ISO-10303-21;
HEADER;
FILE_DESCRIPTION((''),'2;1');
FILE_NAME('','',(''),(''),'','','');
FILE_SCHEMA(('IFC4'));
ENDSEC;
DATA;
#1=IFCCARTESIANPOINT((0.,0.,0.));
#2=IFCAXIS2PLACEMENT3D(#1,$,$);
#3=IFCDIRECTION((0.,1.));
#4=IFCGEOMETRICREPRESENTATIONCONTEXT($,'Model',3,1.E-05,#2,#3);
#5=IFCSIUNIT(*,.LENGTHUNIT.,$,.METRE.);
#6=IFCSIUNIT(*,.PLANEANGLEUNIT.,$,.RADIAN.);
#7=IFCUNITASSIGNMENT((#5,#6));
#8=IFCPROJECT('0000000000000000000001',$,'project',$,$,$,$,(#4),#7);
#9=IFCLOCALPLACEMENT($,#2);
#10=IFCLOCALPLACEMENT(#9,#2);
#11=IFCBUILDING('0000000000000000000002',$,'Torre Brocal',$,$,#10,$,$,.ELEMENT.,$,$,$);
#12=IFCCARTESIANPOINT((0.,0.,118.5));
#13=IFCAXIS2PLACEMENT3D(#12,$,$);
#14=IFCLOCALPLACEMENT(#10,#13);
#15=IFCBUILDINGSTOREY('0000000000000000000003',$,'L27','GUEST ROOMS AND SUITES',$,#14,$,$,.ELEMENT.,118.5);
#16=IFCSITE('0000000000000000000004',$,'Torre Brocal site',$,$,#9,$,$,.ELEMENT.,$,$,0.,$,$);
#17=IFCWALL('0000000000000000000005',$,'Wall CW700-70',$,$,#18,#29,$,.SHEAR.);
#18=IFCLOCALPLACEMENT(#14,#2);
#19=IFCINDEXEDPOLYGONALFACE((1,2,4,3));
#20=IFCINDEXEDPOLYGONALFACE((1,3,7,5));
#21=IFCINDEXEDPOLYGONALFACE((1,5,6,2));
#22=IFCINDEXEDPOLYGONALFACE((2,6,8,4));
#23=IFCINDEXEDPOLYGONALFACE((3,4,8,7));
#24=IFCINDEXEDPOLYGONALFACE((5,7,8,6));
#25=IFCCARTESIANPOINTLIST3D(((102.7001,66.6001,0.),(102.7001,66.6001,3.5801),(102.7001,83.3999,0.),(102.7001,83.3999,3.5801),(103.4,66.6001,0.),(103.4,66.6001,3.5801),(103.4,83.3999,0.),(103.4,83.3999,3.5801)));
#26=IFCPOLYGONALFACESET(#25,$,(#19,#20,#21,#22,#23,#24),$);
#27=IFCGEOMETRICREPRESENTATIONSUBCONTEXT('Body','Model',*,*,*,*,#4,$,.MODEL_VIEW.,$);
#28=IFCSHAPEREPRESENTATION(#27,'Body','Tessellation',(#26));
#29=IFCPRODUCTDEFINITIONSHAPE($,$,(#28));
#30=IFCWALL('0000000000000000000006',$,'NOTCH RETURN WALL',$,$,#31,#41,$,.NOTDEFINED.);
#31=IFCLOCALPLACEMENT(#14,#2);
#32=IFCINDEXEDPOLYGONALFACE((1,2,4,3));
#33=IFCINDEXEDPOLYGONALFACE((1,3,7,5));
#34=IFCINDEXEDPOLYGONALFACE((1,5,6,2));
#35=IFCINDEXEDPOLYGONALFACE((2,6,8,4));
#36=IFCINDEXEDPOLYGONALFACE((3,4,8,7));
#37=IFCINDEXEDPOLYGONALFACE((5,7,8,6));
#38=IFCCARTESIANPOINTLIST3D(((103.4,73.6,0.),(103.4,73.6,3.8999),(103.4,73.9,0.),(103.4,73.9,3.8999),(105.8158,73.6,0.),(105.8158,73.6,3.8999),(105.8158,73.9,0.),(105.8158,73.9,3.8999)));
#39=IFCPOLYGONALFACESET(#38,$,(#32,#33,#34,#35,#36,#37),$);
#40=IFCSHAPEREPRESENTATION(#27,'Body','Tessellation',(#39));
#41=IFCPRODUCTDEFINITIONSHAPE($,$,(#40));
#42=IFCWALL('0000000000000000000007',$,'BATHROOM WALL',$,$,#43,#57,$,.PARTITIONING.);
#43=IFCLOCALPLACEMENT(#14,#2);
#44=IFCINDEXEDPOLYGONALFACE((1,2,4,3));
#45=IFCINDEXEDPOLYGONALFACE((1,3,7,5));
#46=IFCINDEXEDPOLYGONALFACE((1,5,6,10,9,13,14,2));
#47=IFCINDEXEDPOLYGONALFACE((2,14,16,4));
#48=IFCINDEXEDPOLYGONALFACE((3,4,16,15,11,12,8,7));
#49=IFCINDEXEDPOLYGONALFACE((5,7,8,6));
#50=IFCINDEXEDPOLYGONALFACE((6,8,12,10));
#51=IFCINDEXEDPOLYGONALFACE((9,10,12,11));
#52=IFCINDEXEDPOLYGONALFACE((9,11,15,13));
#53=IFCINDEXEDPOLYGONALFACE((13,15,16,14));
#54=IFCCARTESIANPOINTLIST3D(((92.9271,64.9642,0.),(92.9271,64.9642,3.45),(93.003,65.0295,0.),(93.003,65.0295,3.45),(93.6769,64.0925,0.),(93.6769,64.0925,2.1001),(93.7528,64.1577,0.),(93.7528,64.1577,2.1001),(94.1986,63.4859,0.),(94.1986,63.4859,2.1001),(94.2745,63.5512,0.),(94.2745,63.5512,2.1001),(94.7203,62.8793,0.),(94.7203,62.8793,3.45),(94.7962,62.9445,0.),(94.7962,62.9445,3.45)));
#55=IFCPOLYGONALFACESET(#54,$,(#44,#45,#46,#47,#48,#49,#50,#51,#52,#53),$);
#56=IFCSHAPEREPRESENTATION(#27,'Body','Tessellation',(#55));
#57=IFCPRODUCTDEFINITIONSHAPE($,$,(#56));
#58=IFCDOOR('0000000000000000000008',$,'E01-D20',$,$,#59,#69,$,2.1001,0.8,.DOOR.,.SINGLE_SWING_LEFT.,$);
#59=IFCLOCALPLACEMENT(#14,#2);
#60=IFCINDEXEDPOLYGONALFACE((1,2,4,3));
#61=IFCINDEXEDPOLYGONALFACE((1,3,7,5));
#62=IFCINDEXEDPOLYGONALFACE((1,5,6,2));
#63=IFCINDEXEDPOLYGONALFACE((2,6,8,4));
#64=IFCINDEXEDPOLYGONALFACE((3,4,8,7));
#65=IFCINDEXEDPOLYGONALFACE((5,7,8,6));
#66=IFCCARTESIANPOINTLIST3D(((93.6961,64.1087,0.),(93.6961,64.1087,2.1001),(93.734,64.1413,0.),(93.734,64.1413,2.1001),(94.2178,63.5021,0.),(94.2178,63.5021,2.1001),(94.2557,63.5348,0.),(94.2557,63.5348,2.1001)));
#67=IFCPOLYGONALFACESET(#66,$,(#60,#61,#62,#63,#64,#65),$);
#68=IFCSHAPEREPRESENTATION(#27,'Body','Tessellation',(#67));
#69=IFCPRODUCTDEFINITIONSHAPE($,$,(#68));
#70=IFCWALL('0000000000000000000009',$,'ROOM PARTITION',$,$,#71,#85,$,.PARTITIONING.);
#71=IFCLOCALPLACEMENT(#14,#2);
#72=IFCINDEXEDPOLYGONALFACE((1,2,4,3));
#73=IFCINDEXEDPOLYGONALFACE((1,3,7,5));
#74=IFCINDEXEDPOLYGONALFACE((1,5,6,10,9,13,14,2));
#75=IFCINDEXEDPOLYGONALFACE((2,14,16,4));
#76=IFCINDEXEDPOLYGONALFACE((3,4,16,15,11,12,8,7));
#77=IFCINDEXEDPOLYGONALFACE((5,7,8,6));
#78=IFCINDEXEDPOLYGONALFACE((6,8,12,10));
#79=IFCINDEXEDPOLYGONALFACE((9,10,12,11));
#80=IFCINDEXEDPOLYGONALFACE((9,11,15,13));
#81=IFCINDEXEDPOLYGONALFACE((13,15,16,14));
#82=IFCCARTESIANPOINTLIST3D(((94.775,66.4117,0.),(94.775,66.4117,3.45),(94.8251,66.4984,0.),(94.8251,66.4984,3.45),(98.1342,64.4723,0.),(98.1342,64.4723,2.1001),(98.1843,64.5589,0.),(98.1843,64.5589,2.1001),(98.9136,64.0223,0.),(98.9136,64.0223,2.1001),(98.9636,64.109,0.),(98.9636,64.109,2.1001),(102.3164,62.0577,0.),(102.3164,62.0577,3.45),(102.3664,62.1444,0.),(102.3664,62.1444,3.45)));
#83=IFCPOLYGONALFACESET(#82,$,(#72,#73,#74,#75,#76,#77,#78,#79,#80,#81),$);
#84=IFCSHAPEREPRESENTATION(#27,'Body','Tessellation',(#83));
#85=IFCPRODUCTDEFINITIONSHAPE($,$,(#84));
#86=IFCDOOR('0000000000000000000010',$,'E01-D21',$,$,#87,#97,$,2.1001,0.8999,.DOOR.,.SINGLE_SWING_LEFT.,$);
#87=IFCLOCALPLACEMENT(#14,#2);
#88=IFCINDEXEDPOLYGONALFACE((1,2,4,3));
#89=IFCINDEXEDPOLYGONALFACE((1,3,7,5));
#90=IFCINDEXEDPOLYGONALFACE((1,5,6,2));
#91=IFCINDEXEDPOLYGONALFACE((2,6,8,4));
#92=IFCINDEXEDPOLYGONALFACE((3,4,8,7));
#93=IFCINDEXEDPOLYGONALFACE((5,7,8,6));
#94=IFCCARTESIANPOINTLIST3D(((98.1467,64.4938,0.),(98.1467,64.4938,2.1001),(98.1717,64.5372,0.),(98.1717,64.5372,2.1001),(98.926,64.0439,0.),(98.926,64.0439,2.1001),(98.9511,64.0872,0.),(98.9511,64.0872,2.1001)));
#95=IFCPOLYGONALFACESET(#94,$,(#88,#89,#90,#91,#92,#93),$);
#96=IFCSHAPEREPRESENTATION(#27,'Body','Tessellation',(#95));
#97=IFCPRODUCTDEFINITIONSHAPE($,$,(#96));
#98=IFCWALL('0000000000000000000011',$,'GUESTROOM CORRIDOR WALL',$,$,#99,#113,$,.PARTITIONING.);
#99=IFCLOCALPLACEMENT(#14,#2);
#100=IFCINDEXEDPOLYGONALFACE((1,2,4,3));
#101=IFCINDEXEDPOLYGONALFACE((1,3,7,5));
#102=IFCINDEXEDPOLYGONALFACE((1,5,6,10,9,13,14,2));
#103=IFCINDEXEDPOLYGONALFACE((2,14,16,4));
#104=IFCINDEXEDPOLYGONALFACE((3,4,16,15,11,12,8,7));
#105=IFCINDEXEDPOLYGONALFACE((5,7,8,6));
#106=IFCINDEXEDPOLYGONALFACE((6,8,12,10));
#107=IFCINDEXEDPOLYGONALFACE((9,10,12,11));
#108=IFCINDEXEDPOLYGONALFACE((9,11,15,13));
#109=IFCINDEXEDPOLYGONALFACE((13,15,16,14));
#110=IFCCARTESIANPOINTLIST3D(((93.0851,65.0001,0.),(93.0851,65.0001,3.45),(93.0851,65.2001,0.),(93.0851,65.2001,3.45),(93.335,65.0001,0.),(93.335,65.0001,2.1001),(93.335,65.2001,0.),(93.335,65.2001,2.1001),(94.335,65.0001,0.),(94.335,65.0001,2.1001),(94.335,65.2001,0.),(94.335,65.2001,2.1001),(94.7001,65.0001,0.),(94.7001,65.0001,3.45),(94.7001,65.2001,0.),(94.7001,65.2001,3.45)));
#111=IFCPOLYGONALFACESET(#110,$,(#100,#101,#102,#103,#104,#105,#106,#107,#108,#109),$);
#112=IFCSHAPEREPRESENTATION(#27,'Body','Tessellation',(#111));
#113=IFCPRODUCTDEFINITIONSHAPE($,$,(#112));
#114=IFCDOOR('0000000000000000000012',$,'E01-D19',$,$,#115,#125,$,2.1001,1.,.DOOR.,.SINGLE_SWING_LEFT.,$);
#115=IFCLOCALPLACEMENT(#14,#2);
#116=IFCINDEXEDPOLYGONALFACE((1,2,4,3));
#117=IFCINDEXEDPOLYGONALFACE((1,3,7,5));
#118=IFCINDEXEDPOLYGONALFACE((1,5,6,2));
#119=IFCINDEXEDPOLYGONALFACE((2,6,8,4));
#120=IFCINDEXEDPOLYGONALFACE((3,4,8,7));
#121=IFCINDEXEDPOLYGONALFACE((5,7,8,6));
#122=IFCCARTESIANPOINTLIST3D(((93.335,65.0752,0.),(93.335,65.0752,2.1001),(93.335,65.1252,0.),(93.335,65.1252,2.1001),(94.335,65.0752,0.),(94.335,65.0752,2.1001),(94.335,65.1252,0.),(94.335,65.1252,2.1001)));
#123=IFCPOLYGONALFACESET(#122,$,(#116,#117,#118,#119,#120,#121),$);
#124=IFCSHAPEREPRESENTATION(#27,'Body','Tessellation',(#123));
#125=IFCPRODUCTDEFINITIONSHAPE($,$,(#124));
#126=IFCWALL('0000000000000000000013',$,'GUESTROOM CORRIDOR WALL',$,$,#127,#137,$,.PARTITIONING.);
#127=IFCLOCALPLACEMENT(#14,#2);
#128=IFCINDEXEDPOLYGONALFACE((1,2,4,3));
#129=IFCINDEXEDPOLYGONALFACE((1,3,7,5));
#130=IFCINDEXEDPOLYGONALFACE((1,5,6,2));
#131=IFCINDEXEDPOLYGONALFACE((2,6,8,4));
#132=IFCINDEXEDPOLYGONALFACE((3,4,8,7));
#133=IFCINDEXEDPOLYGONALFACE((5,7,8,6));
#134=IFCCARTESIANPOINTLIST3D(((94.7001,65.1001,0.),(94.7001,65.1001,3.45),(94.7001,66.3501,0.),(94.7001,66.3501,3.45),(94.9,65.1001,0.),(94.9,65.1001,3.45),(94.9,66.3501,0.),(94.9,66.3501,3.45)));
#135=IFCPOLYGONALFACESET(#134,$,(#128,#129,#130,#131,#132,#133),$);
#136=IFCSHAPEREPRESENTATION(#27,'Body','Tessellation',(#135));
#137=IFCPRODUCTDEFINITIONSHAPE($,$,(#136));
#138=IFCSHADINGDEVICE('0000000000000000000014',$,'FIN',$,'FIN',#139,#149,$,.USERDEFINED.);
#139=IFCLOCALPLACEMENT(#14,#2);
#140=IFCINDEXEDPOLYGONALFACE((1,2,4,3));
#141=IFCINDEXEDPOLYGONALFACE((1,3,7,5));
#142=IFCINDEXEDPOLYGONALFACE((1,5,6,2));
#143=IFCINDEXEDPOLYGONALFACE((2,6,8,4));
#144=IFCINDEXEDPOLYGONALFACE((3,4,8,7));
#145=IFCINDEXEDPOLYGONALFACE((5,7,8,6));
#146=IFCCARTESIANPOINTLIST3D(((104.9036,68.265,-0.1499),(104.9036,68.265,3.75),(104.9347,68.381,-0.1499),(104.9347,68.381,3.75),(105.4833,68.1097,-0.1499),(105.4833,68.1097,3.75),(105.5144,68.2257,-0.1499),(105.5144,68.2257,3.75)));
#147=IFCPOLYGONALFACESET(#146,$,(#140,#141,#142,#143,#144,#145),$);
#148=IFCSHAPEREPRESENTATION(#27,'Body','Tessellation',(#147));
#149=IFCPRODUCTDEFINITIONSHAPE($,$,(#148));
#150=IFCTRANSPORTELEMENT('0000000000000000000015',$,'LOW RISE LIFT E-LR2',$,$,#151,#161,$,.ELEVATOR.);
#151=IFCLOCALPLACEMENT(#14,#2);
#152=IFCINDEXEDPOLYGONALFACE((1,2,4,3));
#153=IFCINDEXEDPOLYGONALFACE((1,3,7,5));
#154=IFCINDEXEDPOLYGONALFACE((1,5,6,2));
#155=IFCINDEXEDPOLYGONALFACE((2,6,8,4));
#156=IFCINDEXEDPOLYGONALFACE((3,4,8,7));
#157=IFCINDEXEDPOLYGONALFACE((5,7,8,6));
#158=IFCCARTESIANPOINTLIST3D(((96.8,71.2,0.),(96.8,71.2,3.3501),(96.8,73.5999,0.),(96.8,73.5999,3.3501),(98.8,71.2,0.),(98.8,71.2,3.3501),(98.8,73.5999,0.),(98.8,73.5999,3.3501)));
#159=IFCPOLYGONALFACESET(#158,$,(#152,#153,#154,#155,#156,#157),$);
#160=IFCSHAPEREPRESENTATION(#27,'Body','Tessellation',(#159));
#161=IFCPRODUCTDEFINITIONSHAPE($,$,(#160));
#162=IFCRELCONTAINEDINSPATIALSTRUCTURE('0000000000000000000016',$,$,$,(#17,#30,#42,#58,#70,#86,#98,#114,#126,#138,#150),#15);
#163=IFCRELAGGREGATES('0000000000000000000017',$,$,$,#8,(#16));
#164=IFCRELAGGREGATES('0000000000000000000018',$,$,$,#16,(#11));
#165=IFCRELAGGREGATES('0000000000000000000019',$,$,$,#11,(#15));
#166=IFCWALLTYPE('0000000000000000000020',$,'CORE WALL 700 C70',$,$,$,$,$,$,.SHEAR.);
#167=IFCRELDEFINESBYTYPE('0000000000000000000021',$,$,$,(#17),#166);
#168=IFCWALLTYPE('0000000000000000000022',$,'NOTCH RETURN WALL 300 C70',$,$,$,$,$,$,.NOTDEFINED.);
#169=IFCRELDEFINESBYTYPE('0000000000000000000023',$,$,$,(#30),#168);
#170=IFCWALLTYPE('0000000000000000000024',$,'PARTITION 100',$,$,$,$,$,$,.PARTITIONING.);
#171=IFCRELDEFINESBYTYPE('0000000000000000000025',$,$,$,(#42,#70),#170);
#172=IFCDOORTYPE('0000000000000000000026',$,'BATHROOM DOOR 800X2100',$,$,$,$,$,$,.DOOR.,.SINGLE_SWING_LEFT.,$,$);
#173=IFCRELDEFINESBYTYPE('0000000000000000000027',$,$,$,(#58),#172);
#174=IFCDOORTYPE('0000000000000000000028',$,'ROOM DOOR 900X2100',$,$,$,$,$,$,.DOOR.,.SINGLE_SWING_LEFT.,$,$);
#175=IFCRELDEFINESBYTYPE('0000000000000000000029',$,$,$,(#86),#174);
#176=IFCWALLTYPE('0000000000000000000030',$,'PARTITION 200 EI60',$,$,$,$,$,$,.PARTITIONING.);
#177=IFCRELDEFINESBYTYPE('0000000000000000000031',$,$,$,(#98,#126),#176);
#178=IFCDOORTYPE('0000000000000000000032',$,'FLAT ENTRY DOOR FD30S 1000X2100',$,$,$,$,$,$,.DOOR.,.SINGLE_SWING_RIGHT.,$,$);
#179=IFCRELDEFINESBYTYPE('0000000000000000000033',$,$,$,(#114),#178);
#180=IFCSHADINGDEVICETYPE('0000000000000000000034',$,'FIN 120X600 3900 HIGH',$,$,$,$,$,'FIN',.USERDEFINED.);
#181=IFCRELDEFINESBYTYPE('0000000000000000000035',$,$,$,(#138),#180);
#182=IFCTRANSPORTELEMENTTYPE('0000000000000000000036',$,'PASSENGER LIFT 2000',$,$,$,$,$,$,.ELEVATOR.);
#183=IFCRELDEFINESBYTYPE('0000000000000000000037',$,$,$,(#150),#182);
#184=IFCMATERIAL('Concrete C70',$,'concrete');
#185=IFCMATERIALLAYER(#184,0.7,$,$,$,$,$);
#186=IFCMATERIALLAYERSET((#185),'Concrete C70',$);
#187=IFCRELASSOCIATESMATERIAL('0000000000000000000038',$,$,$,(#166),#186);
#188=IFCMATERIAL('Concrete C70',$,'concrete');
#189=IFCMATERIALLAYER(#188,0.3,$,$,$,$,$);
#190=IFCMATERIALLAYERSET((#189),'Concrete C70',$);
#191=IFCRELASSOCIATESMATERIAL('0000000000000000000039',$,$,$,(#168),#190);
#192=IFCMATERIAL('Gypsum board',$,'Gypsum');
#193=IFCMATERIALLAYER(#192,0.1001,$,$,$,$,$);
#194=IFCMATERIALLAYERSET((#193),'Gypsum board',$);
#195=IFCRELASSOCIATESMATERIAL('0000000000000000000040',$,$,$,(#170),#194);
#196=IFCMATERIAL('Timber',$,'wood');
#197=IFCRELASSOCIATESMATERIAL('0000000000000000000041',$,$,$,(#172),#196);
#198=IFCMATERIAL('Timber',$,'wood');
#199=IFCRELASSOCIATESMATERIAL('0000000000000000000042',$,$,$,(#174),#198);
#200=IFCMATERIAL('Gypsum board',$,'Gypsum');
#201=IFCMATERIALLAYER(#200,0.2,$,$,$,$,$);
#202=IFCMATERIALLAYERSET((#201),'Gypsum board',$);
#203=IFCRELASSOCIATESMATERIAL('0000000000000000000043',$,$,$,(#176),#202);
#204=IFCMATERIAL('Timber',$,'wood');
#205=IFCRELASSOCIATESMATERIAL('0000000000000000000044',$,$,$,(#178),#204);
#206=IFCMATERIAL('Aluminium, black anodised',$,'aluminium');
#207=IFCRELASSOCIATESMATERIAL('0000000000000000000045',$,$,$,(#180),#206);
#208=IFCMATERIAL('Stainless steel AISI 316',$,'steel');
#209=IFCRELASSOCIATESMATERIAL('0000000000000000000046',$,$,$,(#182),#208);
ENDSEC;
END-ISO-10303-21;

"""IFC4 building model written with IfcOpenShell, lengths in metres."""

from ifc_helpers import new_model, si_unit, direction, frame, frame_2d, origin, origin_2d, place, context, subcontext, project, spatial, rectangle, extrude, material, layer, layer_set, material_profile, profile_set, type_object, element, fill, save


model = new_model("IFC4")

# Units and contexts
model_context = context("Model", 3, precision=1e-05, world=origin(), true_north=direction((0.0, 1.0)))
body_context = subcontext(model_context, "Body", "Model", "MODEL_VIEW")
ifc_project = project(units=[si_unit("LENGTHUNIT", "METRE"), si_unit("PLANEANGLEUNIT", "RADIAN")], contexts=[model_context])

# Site, building, storey
site_placement = place(None, origin())
site = spatial("IfcSite", under=ifc_project, at=site_placement, Name="Torre Brocal site", CompositionType="ELEMENT", RefElevation=0.0)
building_placement = place(site_placement, origin())
building = spatial("IfcBuilding", under=site, at=building_placement, Name="Torre Brocal", CompositionType="ELEMENT")
storey_placement = place(building_placement, frame((0.0, 0.0, 118.5)))
storey = spatial("IfcBuildingStorey", under=building, at=storey_placement, Name="L27", Description="GUEST ROOMS AND SUITES", CompositionType="ELEMENT", Elevation=118.5)

# Walls
ifc_material_1 = material(Name="Concrete C70", Category="concrete")
ifc_layer_1 = layer(ifc_material_1, 0.7)
ifc_layer_set_1 = layer_set([ifc_layer_1], Name="Concrete C70")
wall_type_1 = type_object("IfcWallType", Name="CORE WALL 700 C70", PredefinedType="SHEAR", material=ifc_layer_set_1)
wall_1_placement = place(storey_placement, frame((103.05, 66.6001, 0.0), z_axis=(0.0, 0.0, 1.0), x_axis=(0.0, 1.0, 0.0)))
element("IfcWall", 1, at=wall_1_placement, inside=storey, type_object=wall_type_1, Name="Wall CW700-70", PredefinedType="SHEAR", context=body_context, shape_type="SweptSolid", body=[
    extrude(rectangle(XDim=16.7998, YDim=0.7, at=frame_2d((8.3999, 0.0))), origin(), (0.0, 0.0, 1.0), 3.5801),
])
ifc_material_2 = material(Name="Concrete C70", Category="concrete")
ifc_layer_2 = layer(ifc_material_2, 0.3)
ifc_layer_set_2 = layer_set([ifc_layer_2], Name="Concrete C70")
wall_type_2 = type_object("IfcWallType", Name="NOTCH RETURN WALL 300 C70", PredefinedType="NOTDEFINED", material=ifc_layer_set_2)
wall_2_placement = place(storey_placement, frame((103.3999, 73.75, 0.0), z_axis=(0.0, 0.0, 1.0), x_axis=(1.0, 0.0, 0.0)))
element("IfcWall", 2, at=wall_2_placement, inside=storey, type_object=wall_type_2, Name="NOTCH RETURN WALL", PredefinedType="NOTDEFINED", context=body_context, shape_type="SweptSolid", body=[
    extrude(rectangle(XDim=2.4158, YDim=0.3, at=frame_2d((1.208, 0.0))), origin(), (0.0, 0.0, 1.0), 3.8999),
])

# Walls, openings, doors
ifc_material_3 = material(Name="Gypsum board", Category="Gypsum")
ifc_layer_3 = layer(ifc_material_3, 0.1001)
ifc_layer_set_3 = layer_set([ifc_layer_3], Name="Gypsum board")
wall_type_3 = type_object("IfcWallType", Name="PARTITION 100", PredefinedType="PARTITIONING", material=ifc_layer_set_3)
wall_3_placement = place(storey_placement, frame((92.9651, 64.9968, 0.0), z_axis=(0.0, 0.0, 1.0), x_axis=(0.65207, -0.758159, 0.0)))
wall_3 = element("IfcWall", 3, at=wall_3_placement, inside=storey, type_object=wall_type_3, Name="BATHROOM WALL", PredefinedType="PARTITIONING", context=body_context, shape_type="SweptSolid", body=[
    extrude(rectangle(XDim=2.75, YDim=0.1001, at=frame_2d((1.375, 0.0))), origin(), (0.0, 0.0, 1.0), 3.45),
])
opening_1_placement = place(wall_3_placement, frame((1.1499, 0.0, 0.0)))
opening_1 = element("IfcOpeningElement", 4, at=opening_1_placement, cuts=wall_3, PredefinedType="OPENING", context=body_context, shape_type="SweptSolid", body=[
    extrude(rectangle(XDim=0.8, YDim=2.1001, at=frame_2d((0.3999, 1.05))), frame((0.0, 0.0601, 0.0), z_axis=(0.0, -1.0, 0.0), x_axis=(1.0, 0.0, 0.0)), (0.0, 0.0, 1.0), 0.1201),
])
ifc_material_4 = material(Name="Timber", Category="wood")
door_type_1 = type_object("IfcDoorType", Name="BATHROOM DOOR 800X2100", OperationType="SINGLE_SWING_LEFT", PredefinedType="DOOR", material=ifc_material_4)
door_1_placement = place(opening_1_placement, frame((0.8, 0.0, 0.0), z_axis=(0.0, 0.0, 1.0), x_axis=(-1.0, 0.0, 0.0)))
door_1 = element("IfcDoor", 5, at=door_1_placement, inside=storey, type_object=door_type_1, Name="E01-D20", OperationType="SINGLE_SWING_LEFT", OverallHeight=2.1001, OverallWidth=0.8, PredefinedType="DOOR", context=body_context, shape_type="SweptSolid", body=[
    extrude(rectangle(XDim=0.8, YDim=2.1001, at=frame_2d((0.3999, 1.05))), frame((0.0, 0.0249, 0.0), z_axis=(0.0, -1.0, 0.0), x_axis=(1.0, 0.0, 0.0)), (0.0, 0.0, 1.0), 0.05),
])
fill(opening_1, door_1)
wall_4_placement = place(storey_placement, frame((94.8, 66.4551, 0.0), z_axis=(0.0, 0.0, 1.0), x_axis=(0.866023, -0.500005, 0.0)))
wall_4 = element("IfcWall", 6, at=wall_4_placement, inside=storey, type_object=wall_type_3, Name="ROOM PARTITION", PredefinedType="PARTITIONING", context=body_context, shape_type="SweptSolid", body=[
    extrude(rectangle(XDim=8.708, YDim=0.1001, at=frame_2d((4.354, 0.0))), origin(), (0.0, 0.0, 1.0), 3.45),
])
opening_2_placement = place(wall_4_placement, frame((3.8789, 0.0, 0.0)))
opening_2 = element("IfcOpeningElement", 7, at=opening_2_placement, cuts=wall_4, PredefinedType="OPENING", context=body_context, shape_type="SweptSolid", body=[
    extrude(rectangle(XDim=0.8999, YDim=2.1001, at=frame_2d((0.45, 1.05))), frame((0.0, 0.0601, 0.0), z_axis=(0.0, -1.0, 0.0), x_axis=(1.0, 0.0, 0.0)), (0.0, 0.0, 1.0), 0.1201),
])
ifc_material_5 = material(Name="Timber", Category="wood")
door_type_2 = type_object("IfcDoorType", Name="ROOM DOOR 900X2100", OperationType="SINGLE_SWING_LEFT", PredefinedType="DOOR", material=ifc_material_5)
door_2_placement = place(opening_2_placement, origin())
door_2 = element("IfcDoor", 8, at=door_2_placement, inside=storey, type_object=door_type_2, Name="E01-D21", OperationType="SINGLE_SWING_LEFT", OverallHeight=2.1001, OverallWidth=0.8999, PredefinedType="DOOR", context=body_context, shape_type="SweptSolid", body=[
    extrude(rectangle(XDim=0.8999, YDim=2.1001, at=frame_2d((0.45, 1.05))), frame((0.0, 0.0249, 0.0), z_axis=(0.0, -1.0, 0.0), x_axis=(1.0, 0.0, 0.0)), (0.0, 0.0, 1.0), 0.05),
])
fill(opening_2, door_2)
ifc_material_6 = material(Name="Gypsum board", Category="Gypsum")
ifc_layer_4 = layer(ifc_material_6, 0.2)
ifc_layer_set_4 = layer_set([ifc_layer_4], Name="Gypsum board")
wall_type_4 = type_object("IfcWallType", Name="PARTITION 200 EI60", PredefinedType="PARTITIONING", material=ifc_layer_set_4)
wall_5_placement = place(storey_placement, frame((93.085, 65.1001, 0.0), z_axis=(0.0, 0.0, 1.0), x_axis=(1.0, 0.0, 0.0)))
wall_5 = element("IfcWall", 9, at=wall_5_placement, inside=storey, type_object=wall_type_4, Name="GUESTROOM CORRIDOR WALL", PredefinedType="PARTITIONING", context=body_context, shape_type="SweptSolid", body=[
    extrude(rectangle(XDim=1.615, YDim=0.2, at=frame_2d((0.8076, 0.0))), origin(), (0.0, 0.0, 1.0), 3.45),
])
opening_3_placement = place(wall_5_placement, frame((0.25, 0.0, 0.0)))
opening_3 = element("IfcOpeningElement", 10, at=opening_3_placement, cuts=wall_5, PredefinedType="OPENING", context=body_context, shape_type="SweptSolid", body=[
    extrude(rectangle(XDim=1.0, YDim=2.1001, at=frame_2d((0.5, 1.05))), frame((0.0, 0.1099, 0.0), z_axis=(0.0, -1.0, 0.0), x_axis=(1.0, 0.0, 0.0)), (0.0, 0.0, 1.0), 0.22),
])
ifc_material_7 = material(Name="Timber", Category="wood")
door_type_3 = type_object("IfcDoorType", Name="FLAT ENTRY DOOR FD30S 1000X2100", OperationType="SINGLE_SWING_RIGHT", PredefinedType="DOOR", material=ifc_material_7)
door_3_placement = place(opening_3_placement, frame((1.0, 0.0, 0.0), z_axis=(0.0, 0.0, 1.0), x_axis=(-1.0, 0.0, 0.0)))
door_3 = element("IfcDoor", 11, at=door_3_placement, inside=storey, type_object=door_type_3, Name="E01-D19", OperationType="SINGLE_SWING_LEFT", OverallHeight=2.1001, OverallWidth=1.0, PredefinedType="DOOR", context=body_context, shape_type="SweptSolid", body=[
    extrude(rectangle(XDim=1.0, YDim=2.1001, at=frame_2d((0.5, 1.05))), frame((0.0, 0.0249, 0.0), z_axis=(0.0, -1.0, 0.0), x_axis=(1.0, 0.0, 0.0)), (0.0, 0.0, 1.0), 0.05),
])
fill(opening_3, door_3)

# Wall
wall_6_placement = place(storey_placement, frame((94.8, 65.1001, 0.0), z_axis=(0.0, 0.0, 1.0), x_axis=(0.0, 1.0, 0.0)))
element("IfcWall", 12, at=wall_6_placement, inside=storey, type_object=wall_type_4, Name="GUESTROOM CORRIDOR WALL", PredefinedType="PARTITIONING", context=body_context, shape_type="SweptSolid", body=[
    extrude(rectangle(XDim=1.25, YDim=0.2, at=frame_2d((0.625, 0.0))), origin(), (0.0, 0.0, 1.0), 3.45),
])

# Shading device
ifc_material_8 = material(Name="Aluminium, black anodised", Category="aluminium")
ifc_material_profile_1 = material_profile(ifc_material_8, rectangle(XDim=0.1201, YDim=0.6001, at=origin_2d()), Name="FIN 120X600 3900 HIGH")
ifc_profile_set_1 = profile_set([ifc_material_profile_1], Name="Aluminium, black anodised")
shading_device_type = type_object("IfcShadingDeviceType", Name="FIN 120X600 3900 HIGH", ElementType="FIN", PredefinedType="USERDEFINED", material=ifc_profile_set_1)
shading_device_placement = place(storey_placement, frame((105.209, 68.2454, -0.1499), z_axis=(0.0, 0.0, 1.0), x_axis=(0.258819, 0.965926, 0.0)))
element("IfcShadingDevice", 13, at=shading_device_placement, inside=storey, type_object=shading_device_type, Name="FIN", ObjectType="FIN", PredefinedType="USERDEFINED", context=body_context, shape_type="SweptSolid", body=[
    extrude(rectangle(XDim=0.1201, YDim=0.6001, at=origin_2d()), origin(), (0.0, 0.0, 1.0), 3.8999),
])

# Transport element
ifc_material_9 = material(Name="Stainless steel AISI 316", Category="steel")
transport_element_type_1 = type_object("IfcTransportElementType", Name="PASSENGER LIFT 2000", PredefinedType="ELEVATOR", material=ifc_material_9)
transport_element_1_placement = place(storey_placement, frame((97.8, 72.3999, 0.0), z_axis=(0.0, 0.0, 1.0), x_axis=(1.0, 0.0, 0.0)))
element("IfcTransportElement", 14, at=transport_element_1_placement, inside=storey, type_object=transport_element_type_1, Name="LOW RISE LIFT E-LR2", PredefinedType="ELEVATOR", context=body_context, shape_type="SweptSolid", body=[
    extrude(rectangle(XDim=2.0, YDim=2.3999, at=origin_2d()), origin(), (0.0, 0.0, 1.0), 3.3501),
])

save(model, "model.ifc")
